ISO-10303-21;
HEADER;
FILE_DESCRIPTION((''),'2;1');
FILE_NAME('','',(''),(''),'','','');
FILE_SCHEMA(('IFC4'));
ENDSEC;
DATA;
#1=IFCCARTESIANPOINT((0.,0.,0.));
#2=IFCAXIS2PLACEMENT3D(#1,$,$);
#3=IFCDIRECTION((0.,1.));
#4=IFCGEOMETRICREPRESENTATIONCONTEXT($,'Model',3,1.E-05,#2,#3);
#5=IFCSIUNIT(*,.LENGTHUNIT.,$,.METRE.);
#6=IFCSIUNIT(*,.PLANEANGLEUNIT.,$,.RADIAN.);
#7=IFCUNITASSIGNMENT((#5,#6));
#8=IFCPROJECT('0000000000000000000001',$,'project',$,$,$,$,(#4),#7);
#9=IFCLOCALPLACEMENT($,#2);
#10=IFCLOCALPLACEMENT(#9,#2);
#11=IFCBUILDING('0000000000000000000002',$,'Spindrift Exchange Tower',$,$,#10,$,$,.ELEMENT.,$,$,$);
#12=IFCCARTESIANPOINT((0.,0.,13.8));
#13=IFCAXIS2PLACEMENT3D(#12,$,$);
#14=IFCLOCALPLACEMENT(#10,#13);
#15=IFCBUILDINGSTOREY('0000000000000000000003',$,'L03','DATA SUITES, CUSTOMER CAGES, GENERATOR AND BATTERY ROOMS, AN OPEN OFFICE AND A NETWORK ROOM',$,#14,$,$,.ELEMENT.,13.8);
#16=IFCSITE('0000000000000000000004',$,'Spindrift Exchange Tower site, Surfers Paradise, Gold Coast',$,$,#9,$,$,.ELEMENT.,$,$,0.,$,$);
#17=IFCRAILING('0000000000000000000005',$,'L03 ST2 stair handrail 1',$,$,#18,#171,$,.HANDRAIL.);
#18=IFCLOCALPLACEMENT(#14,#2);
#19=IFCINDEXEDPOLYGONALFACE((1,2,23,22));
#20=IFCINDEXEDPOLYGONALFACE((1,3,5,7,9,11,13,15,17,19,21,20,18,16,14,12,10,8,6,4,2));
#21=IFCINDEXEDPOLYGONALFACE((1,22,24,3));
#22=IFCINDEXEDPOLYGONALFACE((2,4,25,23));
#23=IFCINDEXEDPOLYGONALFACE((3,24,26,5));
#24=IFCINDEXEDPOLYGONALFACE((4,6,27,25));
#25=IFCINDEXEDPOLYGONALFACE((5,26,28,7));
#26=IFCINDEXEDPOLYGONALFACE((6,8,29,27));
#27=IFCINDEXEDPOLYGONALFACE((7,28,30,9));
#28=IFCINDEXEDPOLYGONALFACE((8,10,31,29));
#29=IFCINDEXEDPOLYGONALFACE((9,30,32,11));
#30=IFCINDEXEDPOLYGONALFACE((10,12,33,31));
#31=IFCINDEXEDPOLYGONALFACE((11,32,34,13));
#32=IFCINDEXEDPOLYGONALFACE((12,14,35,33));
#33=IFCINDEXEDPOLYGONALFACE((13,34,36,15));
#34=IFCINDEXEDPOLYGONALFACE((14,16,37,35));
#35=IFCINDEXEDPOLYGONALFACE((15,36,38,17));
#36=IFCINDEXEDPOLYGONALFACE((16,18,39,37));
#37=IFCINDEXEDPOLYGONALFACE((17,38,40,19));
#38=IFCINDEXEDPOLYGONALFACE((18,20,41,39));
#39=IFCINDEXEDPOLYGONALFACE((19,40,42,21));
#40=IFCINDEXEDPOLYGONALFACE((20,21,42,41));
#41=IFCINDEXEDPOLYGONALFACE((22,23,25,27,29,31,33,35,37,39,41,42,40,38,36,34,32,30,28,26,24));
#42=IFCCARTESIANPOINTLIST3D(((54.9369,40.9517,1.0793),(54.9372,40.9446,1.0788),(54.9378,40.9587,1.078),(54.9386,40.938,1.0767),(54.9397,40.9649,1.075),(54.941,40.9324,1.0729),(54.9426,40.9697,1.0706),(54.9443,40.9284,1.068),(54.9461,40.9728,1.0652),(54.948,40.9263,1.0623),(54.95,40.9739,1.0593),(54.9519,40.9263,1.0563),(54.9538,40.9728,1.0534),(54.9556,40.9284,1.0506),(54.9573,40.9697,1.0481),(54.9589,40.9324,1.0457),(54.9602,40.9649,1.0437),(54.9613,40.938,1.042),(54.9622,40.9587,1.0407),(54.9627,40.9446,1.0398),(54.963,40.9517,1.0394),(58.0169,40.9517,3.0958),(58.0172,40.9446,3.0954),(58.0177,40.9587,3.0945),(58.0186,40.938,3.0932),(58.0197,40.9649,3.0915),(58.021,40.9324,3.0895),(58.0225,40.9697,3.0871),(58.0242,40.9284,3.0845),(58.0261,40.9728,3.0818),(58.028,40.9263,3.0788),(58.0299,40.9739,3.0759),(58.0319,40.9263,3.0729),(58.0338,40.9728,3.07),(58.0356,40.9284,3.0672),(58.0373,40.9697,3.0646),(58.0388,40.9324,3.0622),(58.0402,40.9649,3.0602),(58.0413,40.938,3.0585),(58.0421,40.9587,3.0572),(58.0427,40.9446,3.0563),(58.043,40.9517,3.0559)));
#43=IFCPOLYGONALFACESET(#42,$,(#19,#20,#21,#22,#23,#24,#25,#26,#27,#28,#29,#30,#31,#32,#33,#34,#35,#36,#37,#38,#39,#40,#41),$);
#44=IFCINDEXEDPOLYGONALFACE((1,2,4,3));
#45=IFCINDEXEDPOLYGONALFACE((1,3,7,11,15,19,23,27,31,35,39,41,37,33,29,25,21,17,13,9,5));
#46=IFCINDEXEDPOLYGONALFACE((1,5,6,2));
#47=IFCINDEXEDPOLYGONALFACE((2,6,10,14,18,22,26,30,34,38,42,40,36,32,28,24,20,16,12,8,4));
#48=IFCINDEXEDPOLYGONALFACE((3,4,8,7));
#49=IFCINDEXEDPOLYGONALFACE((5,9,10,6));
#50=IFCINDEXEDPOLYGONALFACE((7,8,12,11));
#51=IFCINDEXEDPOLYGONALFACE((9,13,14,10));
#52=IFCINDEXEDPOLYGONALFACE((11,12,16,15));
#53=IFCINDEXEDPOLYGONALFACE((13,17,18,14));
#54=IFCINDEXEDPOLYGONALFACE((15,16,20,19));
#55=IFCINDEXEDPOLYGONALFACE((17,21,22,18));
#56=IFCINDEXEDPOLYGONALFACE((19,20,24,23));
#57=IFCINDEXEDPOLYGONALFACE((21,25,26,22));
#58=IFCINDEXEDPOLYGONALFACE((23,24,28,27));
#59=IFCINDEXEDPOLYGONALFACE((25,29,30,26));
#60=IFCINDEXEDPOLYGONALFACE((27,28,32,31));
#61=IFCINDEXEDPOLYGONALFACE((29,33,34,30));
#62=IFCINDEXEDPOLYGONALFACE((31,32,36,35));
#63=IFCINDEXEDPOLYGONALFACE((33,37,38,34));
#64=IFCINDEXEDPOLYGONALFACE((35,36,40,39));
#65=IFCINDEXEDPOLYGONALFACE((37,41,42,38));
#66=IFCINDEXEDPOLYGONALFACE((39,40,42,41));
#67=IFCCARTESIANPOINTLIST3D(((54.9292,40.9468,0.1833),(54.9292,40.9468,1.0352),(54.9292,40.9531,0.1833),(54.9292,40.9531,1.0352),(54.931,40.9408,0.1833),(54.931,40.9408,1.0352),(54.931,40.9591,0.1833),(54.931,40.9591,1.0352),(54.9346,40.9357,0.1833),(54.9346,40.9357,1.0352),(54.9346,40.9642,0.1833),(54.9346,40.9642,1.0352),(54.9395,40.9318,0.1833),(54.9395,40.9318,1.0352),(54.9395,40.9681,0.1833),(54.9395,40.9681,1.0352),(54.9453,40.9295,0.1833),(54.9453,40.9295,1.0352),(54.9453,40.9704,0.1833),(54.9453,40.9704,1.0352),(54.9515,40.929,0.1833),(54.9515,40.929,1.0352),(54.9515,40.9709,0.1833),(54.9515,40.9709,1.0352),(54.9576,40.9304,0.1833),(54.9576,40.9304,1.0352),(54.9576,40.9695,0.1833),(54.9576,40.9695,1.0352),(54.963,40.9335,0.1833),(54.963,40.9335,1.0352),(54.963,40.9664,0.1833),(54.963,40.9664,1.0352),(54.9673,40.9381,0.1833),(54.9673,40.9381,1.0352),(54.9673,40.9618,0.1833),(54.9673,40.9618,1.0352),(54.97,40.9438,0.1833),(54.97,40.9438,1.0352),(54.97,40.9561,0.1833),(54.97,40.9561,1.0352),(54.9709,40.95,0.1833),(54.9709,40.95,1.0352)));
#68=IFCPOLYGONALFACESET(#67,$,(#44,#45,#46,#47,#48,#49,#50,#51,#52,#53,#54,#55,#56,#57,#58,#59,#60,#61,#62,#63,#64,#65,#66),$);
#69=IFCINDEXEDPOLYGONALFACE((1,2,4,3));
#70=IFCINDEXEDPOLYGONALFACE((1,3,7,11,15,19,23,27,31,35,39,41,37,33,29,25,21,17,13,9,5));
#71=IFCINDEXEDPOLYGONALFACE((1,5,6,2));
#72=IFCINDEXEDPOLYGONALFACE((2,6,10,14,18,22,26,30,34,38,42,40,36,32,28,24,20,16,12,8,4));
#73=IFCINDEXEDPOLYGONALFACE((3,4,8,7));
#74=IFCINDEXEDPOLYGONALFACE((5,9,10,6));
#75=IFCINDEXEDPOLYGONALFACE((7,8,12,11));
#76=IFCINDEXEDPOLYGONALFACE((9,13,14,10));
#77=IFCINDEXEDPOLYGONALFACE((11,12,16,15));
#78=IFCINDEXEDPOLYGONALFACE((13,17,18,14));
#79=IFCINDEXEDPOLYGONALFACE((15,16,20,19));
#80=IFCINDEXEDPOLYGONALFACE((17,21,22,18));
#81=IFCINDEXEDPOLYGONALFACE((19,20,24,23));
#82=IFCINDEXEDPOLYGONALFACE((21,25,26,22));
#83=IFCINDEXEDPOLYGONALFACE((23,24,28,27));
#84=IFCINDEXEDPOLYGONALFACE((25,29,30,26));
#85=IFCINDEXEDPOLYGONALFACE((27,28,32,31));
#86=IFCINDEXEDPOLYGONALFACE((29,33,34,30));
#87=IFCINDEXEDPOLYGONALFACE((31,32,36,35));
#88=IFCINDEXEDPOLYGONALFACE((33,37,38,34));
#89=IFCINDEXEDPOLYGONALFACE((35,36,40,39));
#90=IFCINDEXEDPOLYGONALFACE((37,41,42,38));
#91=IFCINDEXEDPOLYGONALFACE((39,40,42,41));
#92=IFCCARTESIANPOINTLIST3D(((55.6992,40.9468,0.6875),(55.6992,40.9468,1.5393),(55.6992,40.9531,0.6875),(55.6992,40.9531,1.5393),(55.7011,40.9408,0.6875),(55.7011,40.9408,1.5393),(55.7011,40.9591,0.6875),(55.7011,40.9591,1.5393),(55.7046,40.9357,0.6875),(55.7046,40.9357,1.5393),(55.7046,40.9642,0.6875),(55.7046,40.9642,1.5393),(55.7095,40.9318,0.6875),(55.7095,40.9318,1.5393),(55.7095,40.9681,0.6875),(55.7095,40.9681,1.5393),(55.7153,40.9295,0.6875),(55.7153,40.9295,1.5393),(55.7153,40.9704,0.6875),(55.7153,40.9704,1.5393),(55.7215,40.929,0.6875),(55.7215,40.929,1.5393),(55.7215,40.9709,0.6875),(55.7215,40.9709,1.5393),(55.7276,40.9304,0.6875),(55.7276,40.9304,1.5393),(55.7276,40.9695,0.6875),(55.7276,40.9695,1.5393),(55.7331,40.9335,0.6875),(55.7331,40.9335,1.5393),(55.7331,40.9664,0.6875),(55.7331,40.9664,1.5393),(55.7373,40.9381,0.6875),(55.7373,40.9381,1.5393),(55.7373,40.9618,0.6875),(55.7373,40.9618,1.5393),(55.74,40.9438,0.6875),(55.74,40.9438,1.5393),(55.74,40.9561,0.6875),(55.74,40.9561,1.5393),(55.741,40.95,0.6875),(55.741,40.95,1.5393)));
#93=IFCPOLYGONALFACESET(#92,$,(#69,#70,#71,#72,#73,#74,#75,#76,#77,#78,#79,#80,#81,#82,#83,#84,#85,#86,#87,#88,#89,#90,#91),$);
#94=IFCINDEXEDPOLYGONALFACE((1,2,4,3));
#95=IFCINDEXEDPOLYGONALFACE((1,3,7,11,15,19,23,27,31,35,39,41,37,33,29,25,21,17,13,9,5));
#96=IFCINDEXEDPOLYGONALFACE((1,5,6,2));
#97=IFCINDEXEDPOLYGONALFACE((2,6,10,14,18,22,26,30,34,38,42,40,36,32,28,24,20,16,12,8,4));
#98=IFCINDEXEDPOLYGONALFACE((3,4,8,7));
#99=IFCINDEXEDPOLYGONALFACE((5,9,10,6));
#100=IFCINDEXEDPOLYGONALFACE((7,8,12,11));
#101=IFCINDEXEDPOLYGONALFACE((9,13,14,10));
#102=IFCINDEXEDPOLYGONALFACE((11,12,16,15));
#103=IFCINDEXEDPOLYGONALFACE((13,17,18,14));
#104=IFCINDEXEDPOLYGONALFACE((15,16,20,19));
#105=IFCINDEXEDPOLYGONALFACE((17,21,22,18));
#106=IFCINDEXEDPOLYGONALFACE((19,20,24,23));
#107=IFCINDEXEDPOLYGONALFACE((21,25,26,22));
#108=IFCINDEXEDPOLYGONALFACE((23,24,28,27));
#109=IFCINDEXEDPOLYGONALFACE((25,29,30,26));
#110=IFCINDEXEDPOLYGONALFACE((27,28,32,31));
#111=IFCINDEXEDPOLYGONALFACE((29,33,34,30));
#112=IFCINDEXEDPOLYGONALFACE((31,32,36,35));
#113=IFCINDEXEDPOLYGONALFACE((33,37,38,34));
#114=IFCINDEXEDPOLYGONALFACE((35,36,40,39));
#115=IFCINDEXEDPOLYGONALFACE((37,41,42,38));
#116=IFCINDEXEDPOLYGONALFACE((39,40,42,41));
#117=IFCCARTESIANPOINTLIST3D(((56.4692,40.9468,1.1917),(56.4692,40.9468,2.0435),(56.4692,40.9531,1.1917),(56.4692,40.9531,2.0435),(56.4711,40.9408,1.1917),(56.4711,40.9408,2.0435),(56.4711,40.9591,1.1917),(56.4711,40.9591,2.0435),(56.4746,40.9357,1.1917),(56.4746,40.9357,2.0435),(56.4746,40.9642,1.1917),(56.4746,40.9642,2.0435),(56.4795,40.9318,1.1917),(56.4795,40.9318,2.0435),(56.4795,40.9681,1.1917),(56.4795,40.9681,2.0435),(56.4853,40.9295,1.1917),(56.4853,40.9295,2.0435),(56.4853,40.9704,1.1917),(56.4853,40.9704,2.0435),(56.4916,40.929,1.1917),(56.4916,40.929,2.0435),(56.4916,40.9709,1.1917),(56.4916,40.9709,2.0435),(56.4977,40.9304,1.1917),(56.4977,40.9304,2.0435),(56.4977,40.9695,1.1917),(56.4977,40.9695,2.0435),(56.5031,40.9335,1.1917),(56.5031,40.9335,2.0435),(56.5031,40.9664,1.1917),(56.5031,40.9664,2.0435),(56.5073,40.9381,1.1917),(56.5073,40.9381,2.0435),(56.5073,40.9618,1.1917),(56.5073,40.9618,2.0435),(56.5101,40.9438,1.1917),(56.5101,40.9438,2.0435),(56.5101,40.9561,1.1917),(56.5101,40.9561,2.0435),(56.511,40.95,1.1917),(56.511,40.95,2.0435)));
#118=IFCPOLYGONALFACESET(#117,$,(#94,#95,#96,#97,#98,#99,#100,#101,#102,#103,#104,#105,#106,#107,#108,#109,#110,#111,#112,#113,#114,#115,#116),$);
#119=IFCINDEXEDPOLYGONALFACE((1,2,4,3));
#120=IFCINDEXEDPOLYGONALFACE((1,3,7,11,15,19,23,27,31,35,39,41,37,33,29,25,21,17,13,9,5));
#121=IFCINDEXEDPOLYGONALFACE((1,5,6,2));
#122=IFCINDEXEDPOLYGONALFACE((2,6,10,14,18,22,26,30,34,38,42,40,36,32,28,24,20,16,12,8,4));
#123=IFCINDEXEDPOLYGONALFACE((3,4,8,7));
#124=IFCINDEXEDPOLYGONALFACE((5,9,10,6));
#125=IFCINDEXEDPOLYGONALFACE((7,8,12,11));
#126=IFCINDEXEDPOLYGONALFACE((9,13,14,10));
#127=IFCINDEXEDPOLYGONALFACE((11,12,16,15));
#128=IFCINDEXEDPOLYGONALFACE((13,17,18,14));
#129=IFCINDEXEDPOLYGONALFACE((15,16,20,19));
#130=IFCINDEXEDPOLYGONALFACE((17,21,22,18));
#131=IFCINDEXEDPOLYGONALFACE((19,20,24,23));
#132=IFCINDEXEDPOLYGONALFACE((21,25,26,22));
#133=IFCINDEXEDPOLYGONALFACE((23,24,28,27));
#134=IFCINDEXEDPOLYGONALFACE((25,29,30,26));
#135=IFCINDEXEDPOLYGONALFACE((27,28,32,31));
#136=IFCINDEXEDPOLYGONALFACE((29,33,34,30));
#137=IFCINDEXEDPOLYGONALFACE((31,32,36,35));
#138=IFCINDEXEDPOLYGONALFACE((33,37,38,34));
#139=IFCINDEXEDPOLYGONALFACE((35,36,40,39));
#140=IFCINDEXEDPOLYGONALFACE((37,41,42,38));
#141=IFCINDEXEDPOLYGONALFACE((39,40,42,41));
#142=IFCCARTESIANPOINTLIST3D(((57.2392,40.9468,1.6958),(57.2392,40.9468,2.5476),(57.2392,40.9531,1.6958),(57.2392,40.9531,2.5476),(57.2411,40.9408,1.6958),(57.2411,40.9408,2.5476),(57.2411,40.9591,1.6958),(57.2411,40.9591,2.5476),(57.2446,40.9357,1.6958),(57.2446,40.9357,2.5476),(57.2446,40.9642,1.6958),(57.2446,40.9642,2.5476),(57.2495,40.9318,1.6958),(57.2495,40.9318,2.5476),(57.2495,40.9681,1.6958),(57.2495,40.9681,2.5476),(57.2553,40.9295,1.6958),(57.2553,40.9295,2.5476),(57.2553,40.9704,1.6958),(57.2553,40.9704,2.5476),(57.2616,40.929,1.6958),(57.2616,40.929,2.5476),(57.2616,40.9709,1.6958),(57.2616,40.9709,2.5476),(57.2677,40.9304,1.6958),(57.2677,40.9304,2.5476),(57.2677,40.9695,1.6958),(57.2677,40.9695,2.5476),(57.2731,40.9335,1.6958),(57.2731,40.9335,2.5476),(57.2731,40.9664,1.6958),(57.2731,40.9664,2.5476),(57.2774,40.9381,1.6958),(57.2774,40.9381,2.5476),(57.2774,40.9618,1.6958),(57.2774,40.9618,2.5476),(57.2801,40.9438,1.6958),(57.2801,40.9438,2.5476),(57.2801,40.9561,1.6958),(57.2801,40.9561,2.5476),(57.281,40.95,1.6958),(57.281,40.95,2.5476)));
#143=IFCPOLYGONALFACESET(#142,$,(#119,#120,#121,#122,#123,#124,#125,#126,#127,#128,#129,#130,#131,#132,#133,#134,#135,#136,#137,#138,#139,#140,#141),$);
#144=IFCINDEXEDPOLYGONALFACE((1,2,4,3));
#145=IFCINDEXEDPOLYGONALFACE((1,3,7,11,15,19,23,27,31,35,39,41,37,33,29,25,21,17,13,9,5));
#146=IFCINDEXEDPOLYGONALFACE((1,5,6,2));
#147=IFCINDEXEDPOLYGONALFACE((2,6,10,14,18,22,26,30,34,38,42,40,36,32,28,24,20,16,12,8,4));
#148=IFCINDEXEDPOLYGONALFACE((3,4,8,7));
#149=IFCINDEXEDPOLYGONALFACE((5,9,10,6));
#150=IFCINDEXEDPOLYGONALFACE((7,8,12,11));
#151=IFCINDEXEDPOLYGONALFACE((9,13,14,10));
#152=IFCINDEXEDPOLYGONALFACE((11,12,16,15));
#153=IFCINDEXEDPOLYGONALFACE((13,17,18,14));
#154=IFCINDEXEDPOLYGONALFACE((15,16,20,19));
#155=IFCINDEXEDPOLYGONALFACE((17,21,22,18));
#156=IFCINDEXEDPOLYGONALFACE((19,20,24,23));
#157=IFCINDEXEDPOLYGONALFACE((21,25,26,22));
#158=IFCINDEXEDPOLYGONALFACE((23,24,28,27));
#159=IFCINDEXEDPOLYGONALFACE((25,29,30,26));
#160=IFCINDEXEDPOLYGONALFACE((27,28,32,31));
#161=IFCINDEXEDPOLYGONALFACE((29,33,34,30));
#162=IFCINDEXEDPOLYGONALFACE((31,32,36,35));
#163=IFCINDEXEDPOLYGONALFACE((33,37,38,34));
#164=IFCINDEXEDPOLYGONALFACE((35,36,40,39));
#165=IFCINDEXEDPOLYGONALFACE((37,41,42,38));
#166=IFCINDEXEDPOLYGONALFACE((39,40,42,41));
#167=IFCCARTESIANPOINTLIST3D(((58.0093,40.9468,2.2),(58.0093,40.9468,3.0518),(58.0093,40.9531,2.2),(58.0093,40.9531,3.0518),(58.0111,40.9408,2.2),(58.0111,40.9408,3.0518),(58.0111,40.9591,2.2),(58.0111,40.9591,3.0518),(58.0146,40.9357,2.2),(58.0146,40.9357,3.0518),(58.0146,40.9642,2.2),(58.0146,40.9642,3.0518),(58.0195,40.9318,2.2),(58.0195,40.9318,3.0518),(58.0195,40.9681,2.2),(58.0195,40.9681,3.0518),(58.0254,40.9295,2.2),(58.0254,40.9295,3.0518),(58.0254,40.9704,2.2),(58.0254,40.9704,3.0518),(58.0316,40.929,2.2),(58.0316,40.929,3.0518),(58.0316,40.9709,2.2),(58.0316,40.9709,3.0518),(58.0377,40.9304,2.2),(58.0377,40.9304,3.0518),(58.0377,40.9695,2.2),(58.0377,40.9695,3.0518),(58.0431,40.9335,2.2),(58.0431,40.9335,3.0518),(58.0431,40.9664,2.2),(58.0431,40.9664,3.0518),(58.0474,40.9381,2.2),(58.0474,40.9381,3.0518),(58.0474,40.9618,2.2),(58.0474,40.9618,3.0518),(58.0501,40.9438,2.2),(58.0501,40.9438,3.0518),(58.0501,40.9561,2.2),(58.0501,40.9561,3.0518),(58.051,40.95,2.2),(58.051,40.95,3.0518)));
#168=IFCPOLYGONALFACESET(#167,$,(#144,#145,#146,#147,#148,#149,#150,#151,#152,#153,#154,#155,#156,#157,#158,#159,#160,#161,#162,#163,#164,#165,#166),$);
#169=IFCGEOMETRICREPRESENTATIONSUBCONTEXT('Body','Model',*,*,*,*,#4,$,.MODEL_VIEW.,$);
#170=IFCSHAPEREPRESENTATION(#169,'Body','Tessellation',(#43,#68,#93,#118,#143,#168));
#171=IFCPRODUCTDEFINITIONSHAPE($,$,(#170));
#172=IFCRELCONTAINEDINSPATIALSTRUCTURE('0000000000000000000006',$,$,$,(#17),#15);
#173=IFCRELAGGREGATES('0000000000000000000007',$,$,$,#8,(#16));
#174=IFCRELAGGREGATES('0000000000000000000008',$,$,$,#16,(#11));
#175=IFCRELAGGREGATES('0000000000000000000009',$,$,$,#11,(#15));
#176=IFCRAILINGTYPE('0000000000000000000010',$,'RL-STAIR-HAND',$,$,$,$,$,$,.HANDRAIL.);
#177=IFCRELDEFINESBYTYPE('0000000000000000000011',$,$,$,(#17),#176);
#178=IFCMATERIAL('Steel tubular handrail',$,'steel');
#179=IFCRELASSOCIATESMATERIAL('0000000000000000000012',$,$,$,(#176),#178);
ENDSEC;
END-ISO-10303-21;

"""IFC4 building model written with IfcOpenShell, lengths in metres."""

from ifc_helpers import new_model, si_unit, direction, frame, origin, origin_2d, place, context, subcontext, project, spatial, circle, extrude, material, type_object, element, save


model = new_model("IFC4")

# Units and contexts
model_context = context("Model", 3, precision=1e-05, world=origin(), true_north=direction((0.0, 1.0)))
body_context = subcontext(model_context, "Body", "Model", "MODEL_VIEW")
ifc_project = project(units=[si_unit("LENGTHUNIT", "METRE"), si_unit("PLANEANGLEUNIT", "RADIAN")], contexts=[model_context])

# Site, building, storey
site_placement = place(None, origin())
site = spatial("IfcSite", under=ifc_project, at=site_placement, Name="Spindrift Exchange Tower site, Surfers Paradise, Gold Coast", CompositionType="ELEMENT", RefElevation=0.0)
building_placement = place(site_placement, origin())
building = spatial("IfcBuilding", under=site, at=building_placement, Name="Spindrift Exchange Tower", CompositionType="ELEMENT")
storey_placement = place(building_placement, frame((0.0, 0.0, 13.8)))
storey = spatial("IfcBuildingStorey", under=building, at=storey_placement, Name="L03", Description="DATA SUITES, CUSTOMER CAGES, GENERATOR AND BATTERY ROOMS, AN OPEN OFFICE AND A NETWORK ROOM", CompositionType="ELEMENT", Elevation=13.8)

# Railing
ifc_material_1 = material(Name="Steel tubular handrail", Category="steel")
railing_type_1 = type_object("IfcRailingType", Name="RL-STAIR-HAND", PredefinedType="HANDRAIL", material=ifc_material_1)
railing_1_placement = place(storey_placement, frame((54.95, 40.95, 0.1833)))
element("IfcRailing", 1, at=railing_1_placement, inside=storey, type_object=railing_type_1, Name="L03 ST2 stair handrail 1", PredefinedType="HANDRAIL", context=body_context, shape_type="SweptSolid", body=[
    extrude(circle(Radius=0.0239, at=origin_2d()), frame((0.0, 0.0, 0.876), z_axis=(0.836633, 0.0, 0.547764), x_axis=(0.0, 1.0, 0.0)), (0.0, 0.0, 1.0), 3.6814),
    extrude(circle(Radius=0.021, at=origin_2d()), origin(), (0.0, 0.0, 1.0), 0.8518),
    extrude(circle(Radius=0.021, at=origin_2d()), frame((0.77, 0.0, 0.5042)), (0.0, 0.0, 1.0), 0.8518),
    extrude(circle(Radius=0.021, at=origin_2d()), frame((1.54, 0.0, 1.0083)), (0.0, 0.0, 1.0), 0.8518),
    extrude(circle(Radius=0.021, at=origin_2d()), frame((2.3101, 0.0, 1.5125)), (0.0, 0.0, 1.0), 0.8518),
    extrude(circle(Radius=0.021, at=origin_2d()), frame((3.0801, 0.0, 2.0166)), (0.0, 0.0, 1.0), 0.8518),
])

save(model, "model.ifc")
